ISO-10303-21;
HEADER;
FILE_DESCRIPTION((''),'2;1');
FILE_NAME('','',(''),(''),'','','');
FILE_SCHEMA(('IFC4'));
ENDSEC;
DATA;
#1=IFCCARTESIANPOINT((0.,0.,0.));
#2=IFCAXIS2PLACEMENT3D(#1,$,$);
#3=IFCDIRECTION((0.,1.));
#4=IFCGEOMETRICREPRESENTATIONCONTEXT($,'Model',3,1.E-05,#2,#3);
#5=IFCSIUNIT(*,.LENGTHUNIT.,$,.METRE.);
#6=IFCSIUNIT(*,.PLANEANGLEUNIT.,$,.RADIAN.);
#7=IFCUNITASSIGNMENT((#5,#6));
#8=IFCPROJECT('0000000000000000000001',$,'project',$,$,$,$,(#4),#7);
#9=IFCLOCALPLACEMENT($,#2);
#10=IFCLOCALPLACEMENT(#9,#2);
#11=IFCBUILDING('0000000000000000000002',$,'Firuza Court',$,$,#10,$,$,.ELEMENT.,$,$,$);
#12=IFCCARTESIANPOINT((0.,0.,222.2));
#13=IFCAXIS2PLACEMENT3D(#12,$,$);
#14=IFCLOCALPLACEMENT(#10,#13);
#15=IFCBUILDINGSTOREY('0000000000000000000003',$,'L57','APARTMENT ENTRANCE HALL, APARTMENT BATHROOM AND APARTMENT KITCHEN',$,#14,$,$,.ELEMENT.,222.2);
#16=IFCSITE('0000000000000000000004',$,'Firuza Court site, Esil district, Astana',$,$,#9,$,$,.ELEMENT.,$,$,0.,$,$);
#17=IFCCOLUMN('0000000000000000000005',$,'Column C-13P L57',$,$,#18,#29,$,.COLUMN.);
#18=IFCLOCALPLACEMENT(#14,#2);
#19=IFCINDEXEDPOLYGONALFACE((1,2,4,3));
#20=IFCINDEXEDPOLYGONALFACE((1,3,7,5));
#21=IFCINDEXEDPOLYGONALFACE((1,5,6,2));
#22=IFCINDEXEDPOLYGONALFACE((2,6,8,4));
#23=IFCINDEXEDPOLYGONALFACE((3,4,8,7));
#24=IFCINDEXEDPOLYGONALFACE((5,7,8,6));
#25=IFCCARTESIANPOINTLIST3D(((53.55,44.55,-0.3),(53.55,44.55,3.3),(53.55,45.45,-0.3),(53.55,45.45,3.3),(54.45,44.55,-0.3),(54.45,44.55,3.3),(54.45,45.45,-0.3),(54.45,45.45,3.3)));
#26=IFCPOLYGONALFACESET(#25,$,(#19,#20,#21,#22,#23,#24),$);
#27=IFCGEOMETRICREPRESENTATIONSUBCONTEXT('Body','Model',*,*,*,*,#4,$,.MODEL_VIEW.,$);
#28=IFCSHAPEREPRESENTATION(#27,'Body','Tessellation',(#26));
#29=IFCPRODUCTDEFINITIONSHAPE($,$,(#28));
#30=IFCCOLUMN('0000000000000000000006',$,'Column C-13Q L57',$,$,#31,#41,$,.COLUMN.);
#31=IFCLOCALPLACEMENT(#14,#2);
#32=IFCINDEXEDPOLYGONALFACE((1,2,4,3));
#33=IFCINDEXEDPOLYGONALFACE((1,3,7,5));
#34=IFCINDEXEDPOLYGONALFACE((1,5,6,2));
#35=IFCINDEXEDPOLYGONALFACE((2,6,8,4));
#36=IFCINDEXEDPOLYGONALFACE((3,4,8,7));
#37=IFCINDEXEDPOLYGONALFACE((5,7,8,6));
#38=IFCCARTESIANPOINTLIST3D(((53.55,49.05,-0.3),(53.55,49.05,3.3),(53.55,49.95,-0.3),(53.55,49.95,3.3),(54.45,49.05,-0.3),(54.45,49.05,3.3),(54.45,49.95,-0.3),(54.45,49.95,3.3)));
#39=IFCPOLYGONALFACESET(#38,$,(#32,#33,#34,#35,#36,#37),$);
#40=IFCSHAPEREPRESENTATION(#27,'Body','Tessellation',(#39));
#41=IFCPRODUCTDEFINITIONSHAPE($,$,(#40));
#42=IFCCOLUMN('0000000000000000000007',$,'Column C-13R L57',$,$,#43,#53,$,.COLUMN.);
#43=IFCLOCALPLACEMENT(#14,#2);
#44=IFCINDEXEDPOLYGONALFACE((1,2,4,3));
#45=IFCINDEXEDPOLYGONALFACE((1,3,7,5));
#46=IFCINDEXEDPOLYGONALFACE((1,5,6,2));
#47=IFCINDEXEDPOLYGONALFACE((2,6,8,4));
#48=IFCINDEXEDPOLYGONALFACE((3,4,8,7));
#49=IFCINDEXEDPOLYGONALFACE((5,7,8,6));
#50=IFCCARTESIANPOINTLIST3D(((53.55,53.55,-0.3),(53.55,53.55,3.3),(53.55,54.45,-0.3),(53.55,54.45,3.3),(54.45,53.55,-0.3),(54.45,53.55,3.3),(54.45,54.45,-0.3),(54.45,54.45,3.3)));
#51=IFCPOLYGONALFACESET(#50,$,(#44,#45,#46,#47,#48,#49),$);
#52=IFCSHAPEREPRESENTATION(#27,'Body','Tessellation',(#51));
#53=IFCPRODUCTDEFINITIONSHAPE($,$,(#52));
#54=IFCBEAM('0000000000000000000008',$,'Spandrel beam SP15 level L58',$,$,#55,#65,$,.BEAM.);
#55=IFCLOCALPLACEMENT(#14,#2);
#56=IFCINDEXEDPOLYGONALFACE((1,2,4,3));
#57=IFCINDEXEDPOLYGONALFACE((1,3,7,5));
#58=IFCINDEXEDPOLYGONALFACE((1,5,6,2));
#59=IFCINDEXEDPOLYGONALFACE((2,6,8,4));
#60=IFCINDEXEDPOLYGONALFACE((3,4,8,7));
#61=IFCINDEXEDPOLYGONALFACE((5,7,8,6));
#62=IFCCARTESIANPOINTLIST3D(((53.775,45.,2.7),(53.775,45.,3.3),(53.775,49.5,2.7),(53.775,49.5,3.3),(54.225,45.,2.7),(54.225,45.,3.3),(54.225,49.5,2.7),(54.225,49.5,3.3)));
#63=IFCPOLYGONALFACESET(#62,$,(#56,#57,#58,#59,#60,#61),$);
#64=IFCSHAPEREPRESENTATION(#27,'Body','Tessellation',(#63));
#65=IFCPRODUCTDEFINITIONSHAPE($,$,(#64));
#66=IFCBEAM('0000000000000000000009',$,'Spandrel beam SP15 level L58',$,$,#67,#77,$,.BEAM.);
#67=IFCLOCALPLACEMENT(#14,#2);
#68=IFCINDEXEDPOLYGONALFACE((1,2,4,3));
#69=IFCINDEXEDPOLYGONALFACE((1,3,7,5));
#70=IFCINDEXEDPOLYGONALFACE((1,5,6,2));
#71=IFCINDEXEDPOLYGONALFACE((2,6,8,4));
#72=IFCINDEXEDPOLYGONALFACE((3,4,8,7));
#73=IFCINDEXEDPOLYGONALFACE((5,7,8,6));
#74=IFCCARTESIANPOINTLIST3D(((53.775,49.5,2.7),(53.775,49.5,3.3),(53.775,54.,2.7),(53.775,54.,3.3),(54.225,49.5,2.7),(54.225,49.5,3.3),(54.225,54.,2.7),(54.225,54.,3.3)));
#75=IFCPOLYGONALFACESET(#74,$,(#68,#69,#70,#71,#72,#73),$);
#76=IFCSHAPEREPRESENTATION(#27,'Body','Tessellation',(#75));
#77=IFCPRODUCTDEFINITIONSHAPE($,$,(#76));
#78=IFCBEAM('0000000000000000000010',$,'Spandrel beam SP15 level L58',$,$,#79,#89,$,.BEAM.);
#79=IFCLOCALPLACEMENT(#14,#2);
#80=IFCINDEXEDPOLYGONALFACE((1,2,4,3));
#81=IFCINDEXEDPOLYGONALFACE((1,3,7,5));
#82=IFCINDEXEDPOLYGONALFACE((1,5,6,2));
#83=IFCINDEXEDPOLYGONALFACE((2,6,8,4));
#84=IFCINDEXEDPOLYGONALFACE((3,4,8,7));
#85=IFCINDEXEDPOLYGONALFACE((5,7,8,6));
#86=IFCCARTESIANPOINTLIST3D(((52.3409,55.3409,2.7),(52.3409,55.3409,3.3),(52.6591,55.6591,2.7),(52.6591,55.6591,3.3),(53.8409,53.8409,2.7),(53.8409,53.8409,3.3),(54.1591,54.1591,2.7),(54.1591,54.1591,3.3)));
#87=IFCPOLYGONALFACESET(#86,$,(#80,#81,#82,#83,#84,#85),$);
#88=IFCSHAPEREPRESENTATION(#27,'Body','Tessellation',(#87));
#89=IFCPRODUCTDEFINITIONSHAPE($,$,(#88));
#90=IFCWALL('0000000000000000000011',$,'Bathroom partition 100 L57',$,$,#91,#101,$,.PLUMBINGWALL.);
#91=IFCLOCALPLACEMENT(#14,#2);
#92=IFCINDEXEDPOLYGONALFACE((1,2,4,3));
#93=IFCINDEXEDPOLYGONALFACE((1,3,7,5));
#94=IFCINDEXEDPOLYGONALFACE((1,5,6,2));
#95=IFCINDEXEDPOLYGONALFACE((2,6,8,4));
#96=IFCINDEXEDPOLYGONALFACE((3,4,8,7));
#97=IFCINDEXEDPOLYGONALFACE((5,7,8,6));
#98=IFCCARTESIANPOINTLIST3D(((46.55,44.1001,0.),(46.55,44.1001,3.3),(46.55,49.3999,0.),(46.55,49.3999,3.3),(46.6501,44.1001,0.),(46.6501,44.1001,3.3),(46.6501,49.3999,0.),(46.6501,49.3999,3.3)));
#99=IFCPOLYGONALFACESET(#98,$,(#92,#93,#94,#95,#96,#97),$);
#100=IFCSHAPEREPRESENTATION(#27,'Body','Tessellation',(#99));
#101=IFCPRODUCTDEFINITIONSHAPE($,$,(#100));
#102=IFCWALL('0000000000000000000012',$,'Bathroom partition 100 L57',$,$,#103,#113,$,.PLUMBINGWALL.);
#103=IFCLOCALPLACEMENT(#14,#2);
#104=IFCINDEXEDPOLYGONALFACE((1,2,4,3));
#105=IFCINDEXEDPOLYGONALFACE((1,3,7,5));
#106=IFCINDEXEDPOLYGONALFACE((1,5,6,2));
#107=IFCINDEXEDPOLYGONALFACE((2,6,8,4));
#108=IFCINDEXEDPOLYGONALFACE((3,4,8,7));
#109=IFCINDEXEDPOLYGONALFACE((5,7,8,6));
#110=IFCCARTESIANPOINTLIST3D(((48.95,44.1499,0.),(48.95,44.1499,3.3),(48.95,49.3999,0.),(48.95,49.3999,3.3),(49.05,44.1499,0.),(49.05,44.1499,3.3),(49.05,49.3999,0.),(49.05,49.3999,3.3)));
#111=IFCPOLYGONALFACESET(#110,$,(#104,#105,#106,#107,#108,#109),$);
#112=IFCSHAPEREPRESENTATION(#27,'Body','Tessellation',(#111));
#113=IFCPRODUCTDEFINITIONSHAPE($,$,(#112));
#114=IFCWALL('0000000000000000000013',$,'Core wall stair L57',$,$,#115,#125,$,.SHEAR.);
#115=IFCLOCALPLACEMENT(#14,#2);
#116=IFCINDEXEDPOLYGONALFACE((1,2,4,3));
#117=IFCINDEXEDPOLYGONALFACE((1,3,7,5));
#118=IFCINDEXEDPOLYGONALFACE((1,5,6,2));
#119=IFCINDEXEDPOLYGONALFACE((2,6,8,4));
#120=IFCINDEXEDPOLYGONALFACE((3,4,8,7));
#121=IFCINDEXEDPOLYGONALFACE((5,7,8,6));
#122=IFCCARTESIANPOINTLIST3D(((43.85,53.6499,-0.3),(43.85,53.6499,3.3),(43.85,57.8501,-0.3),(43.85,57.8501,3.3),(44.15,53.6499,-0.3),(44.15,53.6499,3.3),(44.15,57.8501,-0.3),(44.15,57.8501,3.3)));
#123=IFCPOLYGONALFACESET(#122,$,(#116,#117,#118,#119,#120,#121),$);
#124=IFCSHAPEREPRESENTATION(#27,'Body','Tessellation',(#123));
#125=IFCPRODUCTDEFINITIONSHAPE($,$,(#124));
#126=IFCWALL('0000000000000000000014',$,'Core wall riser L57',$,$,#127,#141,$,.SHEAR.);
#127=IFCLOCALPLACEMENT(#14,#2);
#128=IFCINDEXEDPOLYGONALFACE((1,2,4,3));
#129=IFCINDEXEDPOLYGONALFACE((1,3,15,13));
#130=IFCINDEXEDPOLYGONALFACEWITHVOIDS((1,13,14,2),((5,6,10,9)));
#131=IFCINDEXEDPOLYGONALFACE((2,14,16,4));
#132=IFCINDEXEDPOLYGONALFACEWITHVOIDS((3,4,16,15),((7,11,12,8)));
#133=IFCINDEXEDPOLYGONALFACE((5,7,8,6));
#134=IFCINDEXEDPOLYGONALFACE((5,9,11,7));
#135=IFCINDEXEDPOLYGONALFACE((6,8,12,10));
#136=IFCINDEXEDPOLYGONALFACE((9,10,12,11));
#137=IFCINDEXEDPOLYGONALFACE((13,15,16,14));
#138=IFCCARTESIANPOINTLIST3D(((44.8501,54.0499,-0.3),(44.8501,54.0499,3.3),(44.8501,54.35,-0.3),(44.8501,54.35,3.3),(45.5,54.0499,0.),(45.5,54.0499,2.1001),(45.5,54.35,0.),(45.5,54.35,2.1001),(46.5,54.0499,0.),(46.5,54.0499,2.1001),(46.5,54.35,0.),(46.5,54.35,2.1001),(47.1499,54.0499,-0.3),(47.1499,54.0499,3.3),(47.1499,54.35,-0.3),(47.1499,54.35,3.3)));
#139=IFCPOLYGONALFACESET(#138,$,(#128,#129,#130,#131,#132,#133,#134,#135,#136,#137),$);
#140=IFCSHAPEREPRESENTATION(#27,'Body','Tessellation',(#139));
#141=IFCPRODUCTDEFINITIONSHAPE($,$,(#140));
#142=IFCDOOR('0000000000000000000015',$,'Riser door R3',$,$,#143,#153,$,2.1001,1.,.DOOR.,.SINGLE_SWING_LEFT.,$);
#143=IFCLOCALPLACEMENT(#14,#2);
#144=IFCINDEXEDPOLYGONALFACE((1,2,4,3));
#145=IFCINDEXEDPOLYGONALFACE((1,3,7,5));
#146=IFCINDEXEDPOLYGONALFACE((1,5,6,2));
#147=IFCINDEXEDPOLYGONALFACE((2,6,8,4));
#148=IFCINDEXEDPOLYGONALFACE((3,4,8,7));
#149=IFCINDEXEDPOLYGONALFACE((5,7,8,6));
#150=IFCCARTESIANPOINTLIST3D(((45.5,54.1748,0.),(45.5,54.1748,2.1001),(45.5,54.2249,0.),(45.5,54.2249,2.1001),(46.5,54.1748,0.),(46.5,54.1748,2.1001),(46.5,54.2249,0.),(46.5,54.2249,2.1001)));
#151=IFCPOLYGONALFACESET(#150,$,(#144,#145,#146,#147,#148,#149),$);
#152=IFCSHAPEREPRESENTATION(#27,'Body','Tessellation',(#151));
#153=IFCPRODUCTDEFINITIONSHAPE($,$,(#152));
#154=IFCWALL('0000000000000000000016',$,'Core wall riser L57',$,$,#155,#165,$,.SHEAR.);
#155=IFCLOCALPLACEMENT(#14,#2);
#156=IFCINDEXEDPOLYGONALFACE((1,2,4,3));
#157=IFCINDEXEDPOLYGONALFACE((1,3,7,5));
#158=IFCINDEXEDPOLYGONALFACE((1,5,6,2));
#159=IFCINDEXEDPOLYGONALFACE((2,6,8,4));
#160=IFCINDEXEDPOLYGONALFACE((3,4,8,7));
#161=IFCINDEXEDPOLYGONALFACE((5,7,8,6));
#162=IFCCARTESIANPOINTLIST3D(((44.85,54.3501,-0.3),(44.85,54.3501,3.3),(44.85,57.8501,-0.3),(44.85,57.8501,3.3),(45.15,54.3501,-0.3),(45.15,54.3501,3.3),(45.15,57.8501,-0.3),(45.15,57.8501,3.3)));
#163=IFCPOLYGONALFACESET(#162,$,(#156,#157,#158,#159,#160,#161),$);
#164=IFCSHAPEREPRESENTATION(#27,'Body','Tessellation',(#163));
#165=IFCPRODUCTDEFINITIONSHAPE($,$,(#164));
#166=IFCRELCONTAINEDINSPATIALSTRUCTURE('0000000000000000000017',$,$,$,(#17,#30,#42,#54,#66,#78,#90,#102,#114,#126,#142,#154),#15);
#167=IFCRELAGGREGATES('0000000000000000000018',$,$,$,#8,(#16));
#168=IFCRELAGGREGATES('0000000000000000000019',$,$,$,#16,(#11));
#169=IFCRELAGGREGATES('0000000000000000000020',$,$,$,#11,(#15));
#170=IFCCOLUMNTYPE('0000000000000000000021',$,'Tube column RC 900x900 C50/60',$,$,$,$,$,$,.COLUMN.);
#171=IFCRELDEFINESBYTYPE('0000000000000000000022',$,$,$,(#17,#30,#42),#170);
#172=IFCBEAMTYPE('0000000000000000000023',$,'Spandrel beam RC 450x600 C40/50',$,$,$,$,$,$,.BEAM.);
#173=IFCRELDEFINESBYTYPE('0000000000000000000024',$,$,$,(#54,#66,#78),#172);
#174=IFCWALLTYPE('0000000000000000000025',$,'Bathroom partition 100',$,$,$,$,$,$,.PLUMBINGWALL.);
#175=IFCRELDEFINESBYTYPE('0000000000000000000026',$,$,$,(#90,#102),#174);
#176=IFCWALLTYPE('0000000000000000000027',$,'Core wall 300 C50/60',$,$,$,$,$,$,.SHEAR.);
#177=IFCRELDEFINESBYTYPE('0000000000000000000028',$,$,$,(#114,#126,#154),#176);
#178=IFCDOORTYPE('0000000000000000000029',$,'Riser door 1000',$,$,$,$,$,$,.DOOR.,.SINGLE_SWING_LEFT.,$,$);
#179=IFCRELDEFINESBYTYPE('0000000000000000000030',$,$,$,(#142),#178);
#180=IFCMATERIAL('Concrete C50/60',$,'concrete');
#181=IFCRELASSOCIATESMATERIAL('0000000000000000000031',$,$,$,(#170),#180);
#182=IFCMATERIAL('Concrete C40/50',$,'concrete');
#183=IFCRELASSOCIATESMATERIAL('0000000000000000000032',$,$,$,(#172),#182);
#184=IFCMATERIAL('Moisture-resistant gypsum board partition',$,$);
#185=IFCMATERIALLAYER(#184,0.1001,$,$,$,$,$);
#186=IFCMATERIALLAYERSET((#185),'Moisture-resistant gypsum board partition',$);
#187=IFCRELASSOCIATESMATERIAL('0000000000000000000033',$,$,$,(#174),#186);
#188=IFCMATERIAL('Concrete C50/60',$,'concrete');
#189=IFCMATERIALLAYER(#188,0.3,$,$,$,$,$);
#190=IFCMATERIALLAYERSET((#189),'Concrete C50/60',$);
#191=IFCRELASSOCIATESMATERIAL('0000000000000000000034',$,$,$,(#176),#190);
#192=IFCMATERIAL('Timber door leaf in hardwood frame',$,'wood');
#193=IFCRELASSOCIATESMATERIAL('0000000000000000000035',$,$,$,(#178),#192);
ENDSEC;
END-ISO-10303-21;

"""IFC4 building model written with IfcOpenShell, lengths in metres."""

from ifc_helpers import new_model, si_unit, direction, frame, frame_2d, origin, origin_2d, place, context, subcontext, project, spatial, rectangle, extrude, material, layer, layer_set, material_profile, profile_set, type_object, element, fill, save


model = new_model("IFC4")

# Units and contexts
model_context = context("Model", 3, precision=1e-05, world=origin(), true_north=direction((0.0, 1.0)))
body_context = subcontext(model_context, "Body", "Model", "MODEL_VIEW")
ifc_project = project(units=[si_unit("LENGTHUNIT", "METRE"), si_unit("PLANEANGLEUNIT", "RADIAN")], contexts=[model_context])

# Site, building, storey
site_placement = place(None, origin())
site = spatial("IfcSite", under=ifc_project, at=site_placement, Name="Firuza Court site, Esil district, Astana", CompositionType="ELEMENT", RefElevation=0.0)
building_placement = place(site_placement, origin())
building = spatial("IfcBuilding", under=site, at=building_placement, Name="Firuza Court", CompositionType="ELEMENT")
storey_placement = place(building_placement, frame((0.0, 0.0, 222.2)))
storey = spatial("IfcBuildingStorey", under=building, at=storey_placement, Name="L57", Description="APARTMENT ENTRANCE HALL, APARTMENT BATHROOM AND APARTMENT KITCHEN", CompositionType="ELEMENT", Elevation=222.2)

# Columns
ifc_material_1 = material(Name="Concrete C50/60", Category="concrete")
ifc_material_profile_1 = material_profile(ifc_material_1, rectangle(XDim=0.8999, YDim=0.8999, at=origin_2d()), Name="RC 900x900")
ifc_profile_set_1 = profile_set([ifc_material_profile_1], Name="Concrete C50/60")
column_type = type_object("IfcColumnType", Name="Tube column RC 900x900 C50/60", PredefinedType="COLUMN", material=ifc_profile_set_1)
for number, where, z_axis, x_axis, name in (
    (1, (54.0, 45.0, -0.3), (0.0, 0.0, 1.0), (1.0, 0.0, 0.0), "Column C-13P L57"),
    (2, (54.0, 49.5, -0.3), (0.0, 0.0, 1.0), (1.0, 0.0, 0.0), "Column C-13Q L57"),
    (3, (54.0, 54.0, -0.3), (0.0, 0.0, 1.0), (1.0, 0.0, 0.0), "Column C-13R L57"),
):
    element("IfcColumn", number, at=place(storey_placement, frame(where, z_axis=z_axis, x_axis=x_axis)), inside=storey, type_object=column_type, Name=name, PredefinedType="COLUMN", context=body_context, shape_type="SweptSolid", body=[
        extrude(rectangle(XDim=0.8999, YDim=0.8999, at=origin_2d()), origin(), (0.0, 0.0, 1.0), 3.6001),
    ])

# Beams
ifc_material_2 = material(Name="Concrete C40/50", Category="concrete")
ifc_material_profile_2 = material_profile(ifc_material_2, rectangle(XDim=0.45, YDim=0.6001, at=origin_2d()), Name="RC 450x600")
ifc_profile_set_2 = profile_set([ifc_material_profile_2], Name="Concrete C40/50")
beam_type = type_object("IfcBeamType", Name="Spandrel beam RC 450x600 C40/50", PredefinedType="BEAM", material=ifc_profile_set_2)
for number, where, z_axis, x_axis, name in (
    (4, (54.0, 45.0, 3.0), (0.0, 1.0, 0.0), (-1.0, 0.0, 0.0), "Spandrel beam SP15 level L58"),
    (5, (54.0, 49.5, 3.0), (0.0, 1.0, 0.0), (-1.0, 0.0, 0.0), "Spandrel beam SP15 level L58"),
):
    element("IfcBeam", number, at=place(storey_placement, frame(where, z_axis=z_axis, x_axis=x_axis)), inside=storey, type_object=beam_type, Name=name, PredefinedType="BEAM", context=body_context, shape_type="SweptSolid", body=[
        extrude(rectangle(XDim=0.45, YDim=0.6001, at=origin_2d()), origin(), (0.0, 0.0, 1.0), 4.5),
    ])
beam_placement = place(storey_placement, frame((54.0, 54.0, 3.0), z_axis=(-0.707107, 0.707107, 0.0), x_axis=(-0.707107, -0.707107, 0.0)))
element("IfcBeam", 6, at=beam_placement, inside=storey, type_object=beam_type, Name="Spandrel beam SP15 level L58", PredefinedType="BEAM", context=body_context, shape_type="SweptSolid", body=[
    extrude(rectangle(XDim=0.45, YDim=0.6001, at=origin_2d()), origin(), (0.0, 0.0, 1.0), 2.1213),
])

# Walls
ifc_material_3 = material(Name="Moisture-resistant gypsum board partition")
ifc_layer_1 = layer(ifc_material_3, 0.1001)
ifc_layer_set_1 = layer_set([ifc_layer_1], Name="Moisture-resistant gypsum board partition")
wall_type_1 = type_object("IfcWallType", Name="Bathroom partition 100", PredefinedType="PLUMBINGWALL", material=ifc_layer_set_1)
wall_1_placement = place(storey_placement, frame((46.6001, 44.1001, 0.0), z_axis=(0.0, 0.0, 1.0), x_axis=(0.0, 1.0, 0.0)))
element("IfcWall", 7, at=wall_1_placement, inside=storey, type_object=wall_type_1, Name="Bathroom partition 100 L57", PredefinedType="PLUMBINGWALL", context=body_context, shape_type="SweptSolid", body=[
    extrude(rectangle(XDim=5.2998, YDim=0.1001, at=frame_2d((2.6499, 0.0))), origin(), (0.0, 0.0, 1.0), 3.3),
])
wall_2_placement = place(storey_placement, frame((49.0, 44.1499, 0.0), z_axis=(0.0, 0.0, 1.0), x_axis=(0.0, 1.0, 0.0)))
element("IfcWall", 8, at=wall_2_placement, inside=storey, type_object=wall_type_1, Name="Bathroom partition 100 L57", PredefinedType="PLUMBINGWALL", context=body_context, shape_type="SweptSolid", body=[
    extrude(rectangle(XDim=5.25, YDim=0.1001, at=frame_2d((2.625, 0.0))), origin(), (0.0, 0.0, 1.0), 3.3),
])
ifc_material_4 = material(Name="Concrete C50/60", Category="concrete")
ifc_layer_2 = layer(ifc_material_4, 0.3)
ifc_layer_set_2 = layer_set([ifc_layer_2], Name="Concrete C50/60")
wall_type_2 = type_object("IfcWallType", Name="Core wall 300 C50/60", PredefinedType="SHEAR", material=ifc_layer_set_2)
wall_3_placement = place(storey_placement, frame((44.0, 53.6499, -0.3), z_axis=(0.0, 0.0, 1.0), x_axis=(0.0, 1.0, 0.0)))
element("IfcWall", 9, at=wall_3_placement, inside=storey, type_object=wall_type_2, Name="Core wall stair L57", PredefinedType="SHEAR", context=body_context, shape_type="SweptSolid", body=[
    extrude(rectangle(XDim=4.2002, YDim=0.3, at=frame_2d((2.1001, 0.0))), origin(), (0.0, 0.0, 1.0), 3.6001),
])

# Wall, opening, door
wall_4_placement = place(storey_placement, frame((44.8501, 54.2, -0.3), z_axis=(0.0, 0.0, 1.0), x_axis=(1.0, 0.0, 0.0)))
wall_4 = element("IfcWall", 10, at=wall_4_placement, inside=storey, type_object=wall_type_2, Name="Core wall riser L57", PredefinedType="SHEAR", context=body_context, shape_type="SweptSolid", body=[
    extrude(rectangle(XDim=2.2998, YDim=0.3, at=frame_2d((1.1499, 0.0))), origin(), (0.0, 0.0, 1.0), 3.6001),
])
opening_1_placement = place(wall_4_placement, frame((0.6499, 0.0, 0.3)))
opening_1 = element("IfcOpeningElement", 11, at=opening_1_placement, cuts=wall_4, PredefinedType="OPENING", context=body_context, shape_type="SweptSolid", body=[
    extrude(rectangle(XDim=1.0, YDim=2.1001, at=frame_2d((0.5, 1.05))), frame((0.0, 0.1621, 0.0), z_axis=(0.0, -1.0, 0.0), x_axis=(1.0, 0.0, 0.0)), (0.0, 0.0, 1.0), 0.324),
])
ifc_material_5 = material(Name="Timber door leaf in hardwood frame", Category="wood")
door_type_1 = type_object("IfcDoorType", Name="Riser door 1000", OperationType="SINGLE_SWING_LEFT", PredefinedType="DOOR", material=ifc_material_5)
door_1_placement = place(opening_1_placement, origin())
door_1 = element("IfcDoor", 12, at=door_1_placement, inside=storey, type_object=door_type_1, Name="Riser door R3", OperationType="SINGLE_SWING_LEFT", OverallHeight=2.1001, OverallWidth=1.0, PredefinedType="DOOR", context=body_context, shape_type="SweptSolid", body=[
    extrude(rectangle(XDim=1.0, YDim=2.1001, at=frame_2d((0.5, 1.05))), frame((0.0, 0.0249, 0.0), z_axis=(0.0, -1.0, 0.0), x_axis=(1.0, 0.0, 0.0)), (0.0, 0.0, 1.0), 0.05),
])
fill(opening_1, door_1)

# Wall
wall_5_placement = place(storey_placement, frame((45.0, 54.3501, -0.3), z_axis=(0.0, 0.0, 1.0), x_axis=(0.0, 1.0, 0.0)))
element("IfcWall", 13, at=wall_5_placement, inside=storey, type_object=wall_type_2, Name="Core wall riser L57", PredefinedType="SHEAR", context=body_context, shape_type="SweptSolid", body=[
    extrude(rectangle(XDim=3.5, YDim=0.3, at=frame_2d((1.75, 0.0))), origin(), (0.0, 0.0, 1.0), 3.6001),
])

save(model, "model.ifc")
